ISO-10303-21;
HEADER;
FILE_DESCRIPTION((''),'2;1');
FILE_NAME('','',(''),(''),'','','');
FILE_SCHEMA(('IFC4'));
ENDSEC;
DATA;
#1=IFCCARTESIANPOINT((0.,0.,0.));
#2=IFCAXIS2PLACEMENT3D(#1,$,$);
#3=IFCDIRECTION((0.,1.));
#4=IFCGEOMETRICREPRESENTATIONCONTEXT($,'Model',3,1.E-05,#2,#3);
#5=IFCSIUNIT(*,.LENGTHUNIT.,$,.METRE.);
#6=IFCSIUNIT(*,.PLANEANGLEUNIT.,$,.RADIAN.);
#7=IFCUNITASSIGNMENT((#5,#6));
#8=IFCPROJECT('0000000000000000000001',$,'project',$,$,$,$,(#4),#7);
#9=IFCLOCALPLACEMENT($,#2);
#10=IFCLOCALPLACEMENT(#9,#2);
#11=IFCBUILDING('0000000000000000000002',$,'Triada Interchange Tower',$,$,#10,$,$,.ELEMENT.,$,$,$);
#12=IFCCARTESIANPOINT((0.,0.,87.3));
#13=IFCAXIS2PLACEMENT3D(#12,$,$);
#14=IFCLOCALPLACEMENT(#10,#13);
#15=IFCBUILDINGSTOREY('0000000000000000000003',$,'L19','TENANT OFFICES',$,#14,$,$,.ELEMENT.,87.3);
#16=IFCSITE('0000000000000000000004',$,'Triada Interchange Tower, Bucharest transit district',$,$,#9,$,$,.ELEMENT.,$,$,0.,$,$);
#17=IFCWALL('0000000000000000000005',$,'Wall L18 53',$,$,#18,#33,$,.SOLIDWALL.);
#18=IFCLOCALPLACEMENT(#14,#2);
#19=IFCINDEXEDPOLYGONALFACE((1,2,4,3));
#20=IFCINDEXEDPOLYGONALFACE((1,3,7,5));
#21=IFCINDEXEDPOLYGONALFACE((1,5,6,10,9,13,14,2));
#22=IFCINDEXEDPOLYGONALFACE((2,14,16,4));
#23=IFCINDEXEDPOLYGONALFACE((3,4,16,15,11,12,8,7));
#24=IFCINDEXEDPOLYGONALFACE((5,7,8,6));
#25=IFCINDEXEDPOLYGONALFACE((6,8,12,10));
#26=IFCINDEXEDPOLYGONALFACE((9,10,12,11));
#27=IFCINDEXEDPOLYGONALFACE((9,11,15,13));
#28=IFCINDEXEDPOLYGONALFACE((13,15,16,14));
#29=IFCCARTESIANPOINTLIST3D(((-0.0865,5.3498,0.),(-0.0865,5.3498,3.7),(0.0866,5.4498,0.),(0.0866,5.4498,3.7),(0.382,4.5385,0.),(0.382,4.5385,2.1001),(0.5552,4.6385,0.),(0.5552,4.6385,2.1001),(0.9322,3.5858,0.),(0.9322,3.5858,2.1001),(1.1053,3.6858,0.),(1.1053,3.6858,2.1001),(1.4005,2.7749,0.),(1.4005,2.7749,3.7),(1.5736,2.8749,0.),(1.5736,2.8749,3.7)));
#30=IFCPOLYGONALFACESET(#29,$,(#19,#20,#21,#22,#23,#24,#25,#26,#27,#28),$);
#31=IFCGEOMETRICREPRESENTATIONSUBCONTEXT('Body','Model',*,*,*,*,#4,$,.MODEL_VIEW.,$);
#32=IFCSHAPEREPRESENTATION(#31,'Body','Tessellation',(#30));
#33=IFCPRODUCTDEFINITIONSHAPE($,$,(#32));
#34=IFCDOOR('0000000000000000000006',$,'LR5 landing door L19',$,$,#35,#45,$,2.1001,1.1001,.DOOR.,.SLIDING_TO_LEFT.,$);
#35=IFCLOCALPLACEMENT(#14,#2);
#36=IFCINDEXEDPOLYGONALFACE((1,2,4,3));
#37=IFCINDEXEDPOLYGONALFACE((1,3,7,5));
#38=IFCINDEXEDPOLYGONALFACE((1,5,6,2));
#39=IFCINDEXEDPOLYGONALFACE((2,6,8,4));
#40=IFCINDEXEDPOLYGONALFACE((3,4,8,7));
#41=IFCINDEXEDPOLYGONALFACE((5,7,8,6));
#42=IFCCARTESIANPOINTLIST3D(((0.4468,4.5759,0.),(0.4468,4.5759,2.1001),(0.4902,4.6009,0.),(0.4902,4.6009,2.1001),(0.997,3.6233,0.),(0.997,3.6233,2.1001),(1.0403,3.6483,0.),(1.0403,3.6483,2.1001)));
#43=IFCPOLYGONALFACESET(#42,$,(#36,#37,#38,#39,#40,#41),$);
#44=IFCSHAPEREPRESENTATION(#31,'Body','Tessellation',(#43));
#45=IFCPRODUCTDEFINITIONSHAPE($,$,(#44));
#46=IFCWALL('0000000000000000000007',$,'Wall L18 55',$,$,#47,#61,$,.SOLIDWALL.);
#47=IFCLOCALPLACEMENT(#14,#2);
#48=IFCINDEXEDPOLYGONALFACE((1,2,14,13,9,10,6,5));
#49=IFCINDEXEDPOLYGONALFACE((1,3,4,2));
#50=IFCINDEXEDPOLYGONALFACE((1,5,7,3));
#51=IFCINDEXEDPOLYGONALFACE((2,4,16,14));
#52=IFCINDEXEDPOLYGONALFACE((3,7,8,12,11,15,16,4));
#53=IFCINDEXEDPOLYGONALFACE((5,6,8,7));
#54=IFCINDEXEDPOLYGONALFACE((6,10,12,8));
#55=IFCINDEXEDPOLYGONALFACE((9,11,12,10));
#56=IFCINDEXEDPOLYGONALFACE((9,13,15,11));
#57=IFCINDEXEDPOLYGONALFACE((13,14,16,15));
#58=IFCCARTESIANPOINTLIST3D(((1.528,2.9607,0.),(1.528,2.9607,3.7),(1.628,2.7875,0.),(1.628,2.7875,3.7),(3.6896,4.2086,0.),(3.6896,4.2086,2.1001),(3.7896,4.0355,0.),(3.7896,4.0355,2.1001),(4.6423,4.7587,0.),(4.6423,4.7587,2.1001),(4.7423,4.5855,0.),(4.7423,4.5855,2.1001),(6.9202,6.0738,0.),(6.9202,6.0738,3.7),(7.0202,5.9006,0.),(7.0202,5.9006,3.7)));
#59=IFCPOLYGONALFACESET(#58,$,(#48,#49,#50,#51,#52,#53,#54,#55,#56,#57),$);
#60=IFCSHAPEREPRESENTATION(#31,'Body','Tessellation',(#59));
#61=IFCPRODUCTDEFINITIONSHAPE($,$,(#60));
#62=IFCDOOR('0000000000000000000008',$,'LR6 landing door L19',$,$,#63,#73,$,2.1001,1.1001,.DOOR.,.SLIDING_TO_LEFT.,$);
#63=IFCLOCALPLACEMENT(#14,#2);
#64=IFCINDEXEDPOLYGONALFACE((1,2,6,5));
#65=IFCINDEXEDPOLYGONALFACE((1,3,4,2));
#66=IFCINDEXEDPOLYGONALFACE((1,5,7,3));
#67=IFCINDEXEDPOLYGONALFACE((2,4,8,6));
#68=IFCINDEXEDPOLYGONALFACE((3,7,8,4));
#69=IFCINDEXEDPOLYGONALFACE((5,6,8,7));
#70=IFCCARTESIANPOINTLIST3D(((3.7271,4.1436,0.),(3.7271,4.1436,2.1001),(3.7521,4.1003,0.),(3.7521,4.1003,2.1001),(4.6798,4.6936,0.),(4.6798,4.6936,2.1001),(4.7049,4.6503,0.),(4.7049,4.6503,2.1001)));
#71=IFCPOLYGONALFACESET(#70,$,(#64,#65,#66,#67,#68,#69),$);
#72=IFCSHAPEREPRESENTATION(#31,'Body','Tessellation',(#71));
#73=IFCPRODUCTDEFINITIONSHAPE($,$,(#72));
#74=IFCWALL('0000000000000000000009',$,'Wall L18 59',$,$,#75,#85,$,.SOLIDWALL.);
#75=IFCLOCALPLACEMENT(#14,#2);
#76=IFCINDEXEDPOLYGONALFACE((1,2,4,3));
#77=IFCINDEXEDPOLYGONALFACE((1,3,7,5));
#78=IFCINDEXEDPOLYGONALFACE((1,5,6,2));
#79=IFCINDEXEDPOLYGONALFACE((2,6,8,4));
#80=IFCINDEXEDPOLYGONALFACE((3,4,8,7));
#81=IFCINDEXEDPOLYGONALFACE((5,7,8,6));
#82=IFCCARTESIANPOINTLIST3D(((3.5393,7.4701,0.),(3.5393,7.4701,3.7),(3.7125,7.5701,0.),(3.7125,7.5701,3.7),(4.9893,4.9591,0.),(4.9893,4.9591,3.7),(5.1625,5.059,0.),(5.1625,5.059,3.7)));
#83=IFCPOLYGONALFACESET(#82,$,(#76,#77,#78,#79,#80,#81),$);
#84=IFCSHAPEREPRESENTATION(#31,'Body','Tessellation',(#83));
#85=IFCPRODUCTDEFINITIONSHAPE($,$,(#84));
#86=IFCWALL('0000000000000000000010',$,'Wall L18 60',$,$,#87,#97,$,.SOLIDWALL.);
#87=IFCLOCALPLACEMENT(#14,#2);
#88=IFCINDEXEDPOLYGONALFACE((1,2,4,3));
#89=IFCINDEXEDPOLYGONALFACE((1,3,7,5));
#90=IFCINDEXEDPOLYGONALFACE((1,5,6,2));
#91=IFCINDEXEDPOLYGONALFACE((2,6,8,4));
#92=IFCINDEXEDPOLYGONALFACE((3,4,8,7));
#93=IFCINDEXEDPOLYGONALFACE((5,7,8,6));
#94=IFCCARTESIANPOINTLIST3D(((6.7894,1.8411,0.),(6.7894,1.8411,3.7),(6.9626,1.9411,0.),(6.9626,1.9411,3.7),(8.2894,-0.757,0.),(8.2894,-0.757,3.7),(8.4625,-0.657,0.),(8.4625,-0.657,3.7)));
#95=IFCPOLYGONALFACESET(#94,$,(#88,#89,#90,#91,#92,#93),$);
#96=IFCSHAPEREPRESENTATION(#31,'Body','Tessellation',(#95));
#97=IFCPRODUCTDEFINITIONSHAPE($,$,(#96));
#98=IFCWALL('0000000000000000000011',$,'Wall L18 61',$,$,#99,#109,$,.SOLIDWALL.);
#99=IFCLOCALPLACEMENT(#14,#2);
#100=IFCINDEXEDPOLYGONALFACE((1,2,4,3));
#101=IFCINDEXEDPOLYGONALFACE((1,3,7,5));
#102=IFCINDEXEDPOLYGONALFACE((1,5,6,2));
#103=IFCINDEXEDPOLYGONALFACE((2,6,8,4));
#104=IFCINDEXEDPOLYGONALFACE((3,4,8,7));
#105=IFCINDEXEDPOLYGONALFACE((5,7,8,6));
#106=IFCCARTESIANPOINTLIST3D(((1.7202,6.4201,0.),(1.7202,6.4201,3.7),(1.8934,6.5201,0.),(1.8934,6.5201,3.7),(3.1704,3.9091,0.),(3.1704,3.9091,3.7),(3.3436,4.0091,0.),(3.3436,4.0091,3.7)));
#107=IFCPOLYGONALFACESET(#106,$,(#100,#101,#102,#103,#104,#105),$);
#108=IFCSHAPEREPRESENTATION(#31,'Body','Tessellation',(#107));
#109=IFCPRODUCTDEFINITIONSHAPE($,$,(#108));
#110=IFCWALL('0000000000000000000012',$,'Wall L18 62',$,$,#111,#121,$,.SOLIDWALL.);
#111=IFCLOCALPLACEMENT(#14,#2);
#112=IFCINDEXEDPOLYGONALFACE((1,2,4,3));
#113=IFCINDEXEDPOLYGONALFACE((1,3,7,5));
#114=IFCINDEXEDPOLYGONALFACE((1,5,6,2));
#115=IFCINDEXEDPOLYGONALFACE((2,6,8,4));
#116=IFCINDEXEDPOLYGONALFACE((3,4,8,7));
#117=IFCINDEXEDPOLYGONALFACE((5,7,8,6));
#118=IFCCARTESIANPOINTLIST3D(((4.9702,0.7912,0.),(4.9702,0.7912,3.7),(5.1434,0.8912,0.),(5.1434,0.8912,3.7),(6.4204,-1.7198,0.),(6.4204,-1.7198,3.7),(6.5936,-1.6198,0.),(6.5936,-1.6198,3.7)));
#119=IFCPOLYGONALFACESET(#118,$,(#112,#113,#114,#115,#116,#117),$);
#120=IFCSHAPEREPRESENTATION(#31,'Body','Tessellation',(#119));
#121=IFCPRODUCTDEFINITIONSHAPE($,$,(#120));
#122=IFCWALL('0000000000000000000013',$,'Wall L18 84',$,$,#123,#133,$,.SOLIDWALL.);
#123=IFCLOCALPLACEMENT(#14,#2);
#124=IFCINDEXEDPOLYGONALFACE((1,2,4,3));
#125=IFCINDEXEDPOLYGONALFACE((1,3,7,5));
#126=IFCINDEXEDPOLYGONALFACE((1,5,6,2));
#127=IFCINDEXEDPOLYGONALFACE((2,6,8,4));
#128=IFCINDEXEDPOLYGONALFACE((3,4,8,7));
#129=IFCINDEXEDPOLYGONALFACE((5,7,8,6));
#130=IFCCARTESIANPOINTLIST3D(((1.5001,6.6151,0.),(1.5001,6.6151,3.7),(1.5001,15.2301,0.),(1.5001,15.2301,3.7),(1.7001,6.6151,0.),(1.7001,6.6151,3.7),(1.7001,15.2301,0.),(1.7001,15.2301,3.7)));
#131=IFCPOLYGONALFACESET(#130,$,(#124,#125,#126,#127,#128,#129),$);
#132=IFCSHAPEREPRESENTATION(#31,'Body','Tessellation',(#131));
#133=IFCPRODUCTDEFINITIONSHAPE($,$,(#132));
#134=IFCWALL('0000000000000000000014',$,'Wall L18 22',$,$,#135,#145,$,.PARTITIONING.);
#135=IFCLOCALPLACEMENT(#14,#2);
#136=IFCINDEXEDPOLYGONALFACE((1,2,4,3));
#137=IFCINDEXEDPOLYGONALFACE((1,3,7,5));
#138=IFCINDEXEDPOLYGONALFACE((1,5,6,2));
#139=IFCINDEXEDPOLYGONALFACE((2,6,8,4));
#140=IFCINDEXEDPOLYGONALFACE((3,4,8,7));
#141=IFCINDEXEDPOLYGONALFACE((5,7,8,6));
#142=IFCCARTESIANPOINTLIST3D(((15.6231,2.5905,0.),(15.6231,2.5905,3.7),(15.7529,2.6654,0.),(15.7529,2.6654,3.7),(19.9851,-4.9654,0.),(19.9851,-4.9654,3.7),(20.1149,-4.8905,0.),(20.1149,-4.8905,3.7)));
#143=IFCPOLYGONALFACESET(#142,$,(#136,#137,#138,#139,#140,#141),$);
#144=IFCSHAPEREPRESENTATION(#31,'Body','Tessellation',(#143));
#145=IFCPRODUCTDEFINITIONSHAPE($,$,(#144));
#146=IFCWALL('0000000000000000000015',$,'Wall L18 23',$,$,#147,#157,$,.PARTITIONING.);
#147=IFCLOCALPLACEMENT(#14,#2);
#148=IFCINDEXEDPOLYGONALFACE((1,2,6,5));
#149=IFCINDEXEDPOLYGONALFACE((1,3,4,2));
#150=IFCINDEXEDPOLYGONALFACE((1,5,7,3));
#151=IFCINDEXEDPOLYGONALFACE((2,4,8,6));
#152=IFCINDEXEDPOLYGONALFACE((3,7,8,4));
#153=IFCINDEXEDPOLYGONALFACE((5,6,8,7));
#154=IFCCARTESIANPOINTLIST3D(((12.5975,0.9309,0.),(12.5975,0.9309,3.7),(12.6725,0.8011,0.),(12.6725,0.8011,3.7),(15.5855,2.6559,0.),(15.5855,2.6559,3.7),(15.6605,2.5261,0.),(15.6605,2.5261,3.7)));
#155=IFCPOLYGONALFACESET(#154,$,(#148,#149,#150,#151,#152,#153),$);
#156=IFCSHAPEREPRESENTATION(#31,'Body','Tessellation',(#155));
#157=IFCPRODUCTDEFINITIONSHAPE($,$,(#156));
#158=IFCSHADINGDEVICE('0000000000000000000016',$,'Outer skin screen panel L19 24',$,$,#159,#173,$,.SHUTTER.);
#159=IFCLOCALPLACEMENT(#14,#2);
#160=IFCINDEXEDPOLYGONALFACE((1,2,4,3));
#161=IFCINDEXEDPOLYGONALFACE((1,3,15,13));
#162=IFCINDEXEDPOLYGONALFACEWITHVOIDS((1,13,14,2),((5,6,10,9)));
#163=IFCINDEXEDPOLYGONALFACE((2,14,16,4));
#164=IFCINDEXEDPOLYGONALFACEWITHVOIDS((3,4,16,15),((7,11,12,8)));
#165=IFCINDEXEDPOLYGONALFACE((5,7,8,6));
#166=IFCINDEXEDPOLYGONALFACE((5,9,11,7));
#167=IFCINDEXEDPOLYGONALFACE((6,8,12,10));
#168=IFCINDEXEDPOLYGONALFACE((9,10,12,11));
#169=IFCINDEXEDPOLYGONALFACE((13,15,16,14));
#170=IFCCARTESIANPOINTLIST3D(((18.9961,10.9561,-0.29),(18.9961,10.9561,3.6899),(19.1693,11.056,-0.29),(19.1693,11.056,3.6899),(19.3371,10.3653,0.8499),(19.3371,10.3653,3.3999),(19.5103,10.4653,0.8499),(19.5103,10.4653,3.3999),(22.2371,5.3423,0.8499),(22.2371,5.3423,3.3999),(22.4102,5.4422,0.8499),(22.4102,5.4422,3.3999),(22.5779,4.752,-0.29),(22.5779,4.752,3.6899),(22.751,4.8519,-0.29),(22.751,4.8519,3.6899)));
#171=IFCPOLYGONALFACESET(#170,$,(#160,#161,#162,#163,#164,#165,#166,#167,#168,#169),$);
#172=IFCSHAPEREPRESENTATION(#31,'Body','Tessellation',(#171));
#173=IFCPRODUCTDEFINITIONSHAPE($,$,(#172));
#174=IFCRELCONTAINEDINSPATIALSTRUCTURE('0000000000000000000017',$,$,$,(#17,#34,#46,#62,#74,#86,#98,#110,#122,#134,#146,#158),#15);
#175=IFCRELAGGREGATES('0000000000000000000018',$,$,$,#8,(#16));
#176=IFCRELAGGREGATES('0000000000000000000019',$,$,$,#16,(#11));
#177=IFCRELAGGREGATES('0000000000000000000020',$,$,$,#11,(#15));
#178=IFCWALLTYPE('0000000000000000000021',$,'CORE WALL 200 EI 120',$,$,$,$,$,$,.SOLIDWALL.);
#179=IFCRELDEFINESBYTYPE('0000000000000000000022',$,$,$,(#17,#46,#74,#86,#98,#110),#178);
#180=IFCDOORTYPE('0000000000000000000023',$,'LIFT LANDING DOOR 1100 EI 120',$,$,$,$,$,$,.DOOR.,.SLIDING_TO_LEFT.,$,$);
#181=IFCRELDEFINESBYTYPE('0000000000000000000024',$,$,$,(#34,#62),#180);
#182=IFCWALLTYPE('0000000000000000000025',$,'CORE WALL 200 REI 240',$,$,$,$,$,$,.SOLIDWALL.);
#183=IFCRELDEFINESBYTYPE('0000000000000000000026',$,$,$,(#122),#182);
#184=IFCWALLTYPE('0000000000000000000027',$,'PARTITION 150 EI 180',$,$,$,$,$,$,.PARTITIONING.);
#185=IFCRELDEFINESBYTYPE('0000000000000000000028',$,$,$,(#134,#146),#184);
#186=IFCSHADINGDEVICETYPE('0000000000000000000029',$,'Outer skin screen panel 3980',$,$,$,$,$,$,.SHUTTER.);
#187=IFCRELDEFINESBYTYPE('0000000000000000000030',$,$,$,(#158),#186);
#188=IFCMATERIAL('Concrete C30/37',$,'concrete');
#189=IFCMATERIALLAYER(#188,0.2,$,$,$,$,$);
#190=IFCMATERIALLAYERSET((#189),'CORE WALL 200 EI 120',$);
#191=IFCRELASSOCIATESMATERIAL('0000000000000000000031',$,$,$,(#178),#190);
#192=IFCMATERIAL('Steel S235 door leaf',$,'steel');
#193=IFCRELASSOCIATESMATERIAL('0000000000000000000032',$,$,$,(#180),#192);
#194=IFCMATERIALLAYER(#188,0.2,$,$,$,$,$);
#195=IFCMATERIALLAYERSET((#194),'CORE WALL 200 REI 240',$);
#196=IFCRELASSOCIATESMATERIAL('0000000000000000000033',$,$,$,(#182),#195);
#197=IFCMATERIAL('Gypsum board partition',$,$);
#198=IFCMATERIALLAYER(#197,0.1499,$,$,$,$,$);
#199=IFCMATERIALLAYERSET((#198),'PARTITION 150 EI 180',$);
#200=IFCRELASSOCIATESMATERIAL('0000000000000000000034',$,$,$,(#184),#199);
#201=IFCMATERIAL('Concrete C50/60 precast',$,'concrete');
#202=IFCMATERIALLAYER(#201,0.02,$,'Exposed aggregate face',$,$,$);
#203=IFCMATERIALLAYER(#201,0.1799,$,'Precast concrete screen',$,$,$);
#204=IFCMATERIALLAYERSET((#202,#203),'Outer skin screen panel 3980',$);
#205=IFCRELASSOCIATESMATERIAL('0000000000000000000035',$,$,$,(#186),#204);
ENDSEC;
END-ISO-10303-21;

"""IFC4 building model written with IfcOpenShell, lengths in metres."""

from ifc_helpers import new_model, si_unit, direction, frame, frame_2d, origin, place, context, subcontext, project, spatial, polyline, rectangle, outline, extrude, material, layer, layer_set, type_object, element, fill, save


model = new_model("IFC4")

# Units and contexts
model_context = context("Model", 3, precision=1e-05, world=origin(), true_north=direction((0.0, 1.0)))
body_context = subcontext(model_context, "Body", "Model", "MODEL_VIEW")
ifc_project = project(units=[si_unit("LENGTHUNIT", "METRE"), si_unit("PLANEANGLEUNIT", "RADIAN")], contexts=[model_context])

# Site, building, storey
site_placement = place(None, origin())
site = spatial("IfcSite", under=ifc_project, at=site_placement, Name="Triada Interchange Tower, Bucharest transit district", CompositionType="ELEMENT", RefElevation=0.0)
building_placement = place(site_placement, origin())
building = spatial("IfcBuilding", under=site, at=building_placement, Name="Triada Interchange Tower", CompositionType="ELEMENT")
storey_placement = place(building_placement, frame((0.0, 0.0, 87.3)))
storey = spatial("IfcBuildingStorey", under=building, at=storey_placement, Name="L19", Description="TENANT OFFICES", CompositionType="ELEMENT", Elevation=87.3)

# Walls, openings, doors
ifc_material_1 = material(Name="Concrete C30/37", Category="concrete")
ifc_layer_1 = layer(ifc_material_1, 0.2)
ifc_layer_set_1 = layer_set([ifc_layer_1], Name="CORE WALL 200 EI 120")
wall_type_1 = type_object("IfcWallType", Name="CORE WALL 200 EI 120", PredefinedType="SOLIDWALL", material=ifc_layer_set_1)
wall_1_placement = place(storey_placement, frame((0.0, 5.3999, 0.0), z_axis=(0.0, 0.0, 1.0), x_axis=(0.500104, -0.865965, 0.0)))
wall_1 = element("IfcWall", 1, at=wall_1_placement, inside=storey, type_object=wall_type_1, Name="Wall L18 53", PredefinedType="SOLIDWALL", context=body_context, shape_type="SweptSolid", body=[
    extrude(rectangle(XDim=2.9734, YDim=0.2, at=frame_2d((1.4868, 0.0))), origin(), (0.0, 0.0, 1.0), 3.7),
])
opening_1_placement = place(wall_1_placement, frame((0.937, 0.0, 0.0)))
opening_1 = element("IfcOpeningElement", 2, at=opening_1_placement, cuts=wall_1, PredefinedType="OPENING", context=body_context, shape_type="SweptSolid", body=[
    extrude(rectangle(XDim=1.1001, YDim=2.1001, at=frame_2d((0.55, 1.05))), frame((0.0, 0.1099, 0.0), z_axis=(0.0, -1.0, 0.0), x_axis=(1.0, 0.0, 0.0)), (0.0, 0.0, 1.0), 0.22),
])
ifc_material_2 = material(Name="Steel S235 door leaf", Category="steel")
door_type = type_object("IfcDoorType", Name="LIFT LANDING DOOR 1100 EI 120", OperationType="SLIDING_TO_LEFT", PredefinedType="DOOR", material=ifc_material_2)
door_1_placement = place(opening_1_placement, origin())
door_1 = element("IfcDoor", 3, at=door_1_placement, inside=storey, type_object=door_type, Name="LR5 landing door L19", OperationType="SLIDING_TO_LEFT", OverallHeight=2.1001, OverallWidth=1.1001, PredefinedType="DOOR", context=body_context, shape_type="SweptSolid", body=[
    extrude(rectangle(XDim=1.1001, YDim=2.1001, at=frame_2d((0.55, 1.05))), frame((0.0, 0.0249, 0.0), z_axis=(0.0, -1.0, 0.0), x_axis=(1.0, 0.0, 0.0)), (0.0, 0.0, 1.0), 0.05),
])
fill(opening_1, door_1)
wall_2_placement = place(storey_placement, frame((1.5779, 2.874, 0.0), z_axis=(0.0, 0.0, 1.0), x_axis=(0.866031, 0.499989, 0.0)))
wall_2 = element("IfcWall", 4, at=wall_2_placement, inside=storey, type_object=wall_type_1, Name="Wall L18 55", PredefinedType="SOLIDWALL", context=body_context, shape_type="SweptSolid", body=[
    extrude(rectangle(XDim=6.2263, YDim=0.2, at=frame_2d((3.1133, 0.0))), origin(), (0.0, 0.0, 1.0), 3.7),
])
opening_2_placement = place(wall_2_placement, frame((2.4961, 0.0, 0.0)))
opening_2 = element("IfcOpeningElement", 5, at=opening_2_placement, cuts=wall_2, PredefinedType="OPENING", context=body_context, shape_type="SweptSolid", body=[
    extrude(rectangle(XDim=1.1001, YDim=2.1001, at=frame_2d((0.55, 1.05))), frame((0.0, 0.1099, 0.0), z_axis=(0.0, -1.0, 0.0), x_axis=(1.0, 0.0, 0.0)), (0.0, 0.0, 1.0), 0.22),
])
door_2_placement = place(opening_2_placement, origin())
door_2 = element("IfcDoor", 6, at=door_2_placement, inside=storey, type_object=door_type, Name="LR6 landing door L19", OperationType="SLIDING_TO_LEFT", OverallHeight=2.1001, OverallWidth=1.1001, PredefinedType="DOOR", context=body_context, shape_type="SweptSolid", body=[
    extrude(rectangle(XDim=1.1001, YDim=2.1001, at=frame_2d((0.55, 1.05))), frame((0.0, 0.0249, 0.0), z_axis=(0.0, -1.0, 0.0), x_axis=(1.0, 0.0, 0.0)), (0.0, 0.0, 1.0), 0.05),
])
fill(opening_2, door_2)

# Walls
wall_3_placement = place(storey_placement, frame((3.626, 7.52, 0.0), z_axis=(0.0, 0.0, 1.0), x_axis=(0.50006, -0.865991, 0.0)))
element("IfcWall", 7, at=wall_3_placement, inside=storey, type_object=wall_type_1, Name="Wall L18 59", PredefinedType="SOLIDWALL", context=body_context, shape_type="SweptSolid", body=[
    extrude(rectangle(XDim=2.8997, YDim=0.2, at=frame_2d((1.4497, 0.0))), origin(), (0.0, 0.0, 1.0), 3.7),
])
wall_4_placement = place(storey_placement, frame((6.876, 1.8911, 0.0), z_axis=(0.0, 0.0, 1.0), x_axis=(0.49999, -0.866031, 0.0)))
element("IfcWall", 8, at=wall_4_placement, inside=storey, type_object=wall_type_1, Name="Wall L18 60", PredefinedType="SOLIDWALL", context=body_context, shape_type="SweptSolid", body=[
    extrude(rectangle(XDim=3.0, YDim=0.2, at=frame_2d((1.5, 0.0))), origin(), (0.0, 0.0, 1.0), 3.7),
])
for number, where, z_axis, x_axis, name in (
    (9, (1.8069, 6.47, 0.0), (0.0, 0.0, 1.0), (0.500123, -0.865954, 0.0), "Wall L18 61"),
    (10, (5.0569, 0.8411, 0.0), (0.0, 0.0, 1.0), (0.500123, -0.865954, 0.0), "Wall L18 62"),
):
    element("IfcWall", number, at=place(storey_placement, frame(where, z_axis=z_axis, x_axis=x_axis)), inside=storey, type_object=wall_type_1, Name=name, PredefinedType="SOLIDWALL", context=body_context, shape_type="SweptSolid", body=[
        extrude(rectangle(XDim=2.8997, YDim=0.2, at=frame_2d((1.4497, 0.0))), origin(), (0.0, 0.0, 1.0), 3.7),
    ])
ifc_layer_2 = layer(ifc_material_1, 0.2)
ifc_layer_set_2 = layer_set([ifc_layer_2], Name="CORE WALL 200 REI 240")
wall_type_2 = type_object("IfcWallType", Name="CORE WALL 200 REI 240", PredefinedType="SOLIDWALL", material=ifc_layer_set_2)
wall_5_placement = place(storey_placement, frame((1.6001, 6.615, 0.0), z_axis=(0.0, 0.0, 1.0), x_axis=(0.0, 1.0, 0.0)))
element("IfcWall", 11, at=wall_5_placement, inside=storey, type_object=wall_type_2, Name="Wall L18 84", PredefinedType="SOLIDWALL", context=body_context, shape_type="SweptSolid", body=[
    extrude(rectangle(XDim=8.615, YDim=0.2, at=frame_2d((4.3076, 0.0))), origin(), (0.0, 0.0, 1.0), 3.7),
])
ifc_material_3 = material(Name="Gypsum board partition")
ifc_layer_3 = layer(ifc_material_3, 0.1499)
ifc_layer_set_3 = layer_set([ifc_layer_3], Name="PARTITION 150 EI 180")
wall_type_3 = type_object("IfcWallType", Name="PARTITION 150 EI 180", PredefinedType="PARTITIONING", material=ifc_layer_set_3)
wall_6_placement = place(storey_placement, frame((15.688, 2.6279, 0.0), z_axis=(0.0, 0.0, 1.0), x_axis=(0.49997, -0.866043, 0.0)))
element("IfcWall", 12, at=wall_6_placement, inside=storey, type_object=wall_type_3, Name="Wall L18 22", PredefinedType="PARTITIONING", context=body_context, shape_type="SweptSolid", body=[
    extrude(rectangle(XDim=8.7246, YDim=0.1499, at=frame_2d((4.3623, 0.0))), origin(), (0.0, 0.0, 1.0), 3.7),
])
wall_7_placement = place(storey_placement, frame((12.635, 0.866, 0.0), z_axis=(0.0, 0.0, 1.0), x_axis=(0.866031, 0.49999, 0.0)))
element("IfcWall", 13, at=wall_7_placement, inside=storey, type_object=wall_type_3, Name="Wall L18 23", PredefinedType="PARTITIONING", context=body_context, shape_type="SweptSolid", body=[
    extrude(rectangle(XDim=3.4502, YDim=0.1499, at=frame_2d((1.7251, 0.0))), origin(), (0.0, 0.0, 1.0), 3.7),
])

# Shading device
ifc_material_4 = material(Name="Concrete C50/60 precast", Category="concrete")
ifc_layer_4 = layer(ifc_material_4, 0.02, Name="Exposed aggregate face")
ifc_layer_5 = layer(ifc_material_4, 0.1799, Name="Precast concrete screen")
ifc_layer_set_4 = layer_set([ifc_layer_4, ifc_layer_5], Name="Outer skin screen panel 3980")
shading_device_type = type_object("IfcShadingDeviceType", Name="Outer skin screen panel 3980", PredefinedType="SHUTTER", material=ifc_layer_set_4)
shading_device_placement = place(storey_placement, frame((22.5779, 4.752, -0.29), z_axis=(0.0, 0.0, 1.0), x_axis=(-0.499984, 0.866035, 0.0)))
element("IfcShadingDevice", 14, at=shading_device_placement, inside=storey, type_object=shading_device_type, Name="Outer skin screen panel L19 24", PredefinedType="SHUTTER", context=body_context, shape_type="SweptSolid", body=[
    extrude(outline(polyline([(0.0, 0.0), (7.1638, 0.0), (7.1638, 3.98), (0.0, 3.98), (0.0, 0.0)]), holes=[polyline([(0.6816, 1.1399), (0.6816, 3.6899), (6.4817, 3.6899), (6.4817, 1.1399), (0.6816, 1.1399)])]), frame((0.0, 0.0, 0.0), z_axis=(0.0, -1.0, 0.0), x_axis=(1.0, 0.0, 0.0)), (0.0, 0.0, 1.0), 0.2),
])

save(model, "model.ifc")
